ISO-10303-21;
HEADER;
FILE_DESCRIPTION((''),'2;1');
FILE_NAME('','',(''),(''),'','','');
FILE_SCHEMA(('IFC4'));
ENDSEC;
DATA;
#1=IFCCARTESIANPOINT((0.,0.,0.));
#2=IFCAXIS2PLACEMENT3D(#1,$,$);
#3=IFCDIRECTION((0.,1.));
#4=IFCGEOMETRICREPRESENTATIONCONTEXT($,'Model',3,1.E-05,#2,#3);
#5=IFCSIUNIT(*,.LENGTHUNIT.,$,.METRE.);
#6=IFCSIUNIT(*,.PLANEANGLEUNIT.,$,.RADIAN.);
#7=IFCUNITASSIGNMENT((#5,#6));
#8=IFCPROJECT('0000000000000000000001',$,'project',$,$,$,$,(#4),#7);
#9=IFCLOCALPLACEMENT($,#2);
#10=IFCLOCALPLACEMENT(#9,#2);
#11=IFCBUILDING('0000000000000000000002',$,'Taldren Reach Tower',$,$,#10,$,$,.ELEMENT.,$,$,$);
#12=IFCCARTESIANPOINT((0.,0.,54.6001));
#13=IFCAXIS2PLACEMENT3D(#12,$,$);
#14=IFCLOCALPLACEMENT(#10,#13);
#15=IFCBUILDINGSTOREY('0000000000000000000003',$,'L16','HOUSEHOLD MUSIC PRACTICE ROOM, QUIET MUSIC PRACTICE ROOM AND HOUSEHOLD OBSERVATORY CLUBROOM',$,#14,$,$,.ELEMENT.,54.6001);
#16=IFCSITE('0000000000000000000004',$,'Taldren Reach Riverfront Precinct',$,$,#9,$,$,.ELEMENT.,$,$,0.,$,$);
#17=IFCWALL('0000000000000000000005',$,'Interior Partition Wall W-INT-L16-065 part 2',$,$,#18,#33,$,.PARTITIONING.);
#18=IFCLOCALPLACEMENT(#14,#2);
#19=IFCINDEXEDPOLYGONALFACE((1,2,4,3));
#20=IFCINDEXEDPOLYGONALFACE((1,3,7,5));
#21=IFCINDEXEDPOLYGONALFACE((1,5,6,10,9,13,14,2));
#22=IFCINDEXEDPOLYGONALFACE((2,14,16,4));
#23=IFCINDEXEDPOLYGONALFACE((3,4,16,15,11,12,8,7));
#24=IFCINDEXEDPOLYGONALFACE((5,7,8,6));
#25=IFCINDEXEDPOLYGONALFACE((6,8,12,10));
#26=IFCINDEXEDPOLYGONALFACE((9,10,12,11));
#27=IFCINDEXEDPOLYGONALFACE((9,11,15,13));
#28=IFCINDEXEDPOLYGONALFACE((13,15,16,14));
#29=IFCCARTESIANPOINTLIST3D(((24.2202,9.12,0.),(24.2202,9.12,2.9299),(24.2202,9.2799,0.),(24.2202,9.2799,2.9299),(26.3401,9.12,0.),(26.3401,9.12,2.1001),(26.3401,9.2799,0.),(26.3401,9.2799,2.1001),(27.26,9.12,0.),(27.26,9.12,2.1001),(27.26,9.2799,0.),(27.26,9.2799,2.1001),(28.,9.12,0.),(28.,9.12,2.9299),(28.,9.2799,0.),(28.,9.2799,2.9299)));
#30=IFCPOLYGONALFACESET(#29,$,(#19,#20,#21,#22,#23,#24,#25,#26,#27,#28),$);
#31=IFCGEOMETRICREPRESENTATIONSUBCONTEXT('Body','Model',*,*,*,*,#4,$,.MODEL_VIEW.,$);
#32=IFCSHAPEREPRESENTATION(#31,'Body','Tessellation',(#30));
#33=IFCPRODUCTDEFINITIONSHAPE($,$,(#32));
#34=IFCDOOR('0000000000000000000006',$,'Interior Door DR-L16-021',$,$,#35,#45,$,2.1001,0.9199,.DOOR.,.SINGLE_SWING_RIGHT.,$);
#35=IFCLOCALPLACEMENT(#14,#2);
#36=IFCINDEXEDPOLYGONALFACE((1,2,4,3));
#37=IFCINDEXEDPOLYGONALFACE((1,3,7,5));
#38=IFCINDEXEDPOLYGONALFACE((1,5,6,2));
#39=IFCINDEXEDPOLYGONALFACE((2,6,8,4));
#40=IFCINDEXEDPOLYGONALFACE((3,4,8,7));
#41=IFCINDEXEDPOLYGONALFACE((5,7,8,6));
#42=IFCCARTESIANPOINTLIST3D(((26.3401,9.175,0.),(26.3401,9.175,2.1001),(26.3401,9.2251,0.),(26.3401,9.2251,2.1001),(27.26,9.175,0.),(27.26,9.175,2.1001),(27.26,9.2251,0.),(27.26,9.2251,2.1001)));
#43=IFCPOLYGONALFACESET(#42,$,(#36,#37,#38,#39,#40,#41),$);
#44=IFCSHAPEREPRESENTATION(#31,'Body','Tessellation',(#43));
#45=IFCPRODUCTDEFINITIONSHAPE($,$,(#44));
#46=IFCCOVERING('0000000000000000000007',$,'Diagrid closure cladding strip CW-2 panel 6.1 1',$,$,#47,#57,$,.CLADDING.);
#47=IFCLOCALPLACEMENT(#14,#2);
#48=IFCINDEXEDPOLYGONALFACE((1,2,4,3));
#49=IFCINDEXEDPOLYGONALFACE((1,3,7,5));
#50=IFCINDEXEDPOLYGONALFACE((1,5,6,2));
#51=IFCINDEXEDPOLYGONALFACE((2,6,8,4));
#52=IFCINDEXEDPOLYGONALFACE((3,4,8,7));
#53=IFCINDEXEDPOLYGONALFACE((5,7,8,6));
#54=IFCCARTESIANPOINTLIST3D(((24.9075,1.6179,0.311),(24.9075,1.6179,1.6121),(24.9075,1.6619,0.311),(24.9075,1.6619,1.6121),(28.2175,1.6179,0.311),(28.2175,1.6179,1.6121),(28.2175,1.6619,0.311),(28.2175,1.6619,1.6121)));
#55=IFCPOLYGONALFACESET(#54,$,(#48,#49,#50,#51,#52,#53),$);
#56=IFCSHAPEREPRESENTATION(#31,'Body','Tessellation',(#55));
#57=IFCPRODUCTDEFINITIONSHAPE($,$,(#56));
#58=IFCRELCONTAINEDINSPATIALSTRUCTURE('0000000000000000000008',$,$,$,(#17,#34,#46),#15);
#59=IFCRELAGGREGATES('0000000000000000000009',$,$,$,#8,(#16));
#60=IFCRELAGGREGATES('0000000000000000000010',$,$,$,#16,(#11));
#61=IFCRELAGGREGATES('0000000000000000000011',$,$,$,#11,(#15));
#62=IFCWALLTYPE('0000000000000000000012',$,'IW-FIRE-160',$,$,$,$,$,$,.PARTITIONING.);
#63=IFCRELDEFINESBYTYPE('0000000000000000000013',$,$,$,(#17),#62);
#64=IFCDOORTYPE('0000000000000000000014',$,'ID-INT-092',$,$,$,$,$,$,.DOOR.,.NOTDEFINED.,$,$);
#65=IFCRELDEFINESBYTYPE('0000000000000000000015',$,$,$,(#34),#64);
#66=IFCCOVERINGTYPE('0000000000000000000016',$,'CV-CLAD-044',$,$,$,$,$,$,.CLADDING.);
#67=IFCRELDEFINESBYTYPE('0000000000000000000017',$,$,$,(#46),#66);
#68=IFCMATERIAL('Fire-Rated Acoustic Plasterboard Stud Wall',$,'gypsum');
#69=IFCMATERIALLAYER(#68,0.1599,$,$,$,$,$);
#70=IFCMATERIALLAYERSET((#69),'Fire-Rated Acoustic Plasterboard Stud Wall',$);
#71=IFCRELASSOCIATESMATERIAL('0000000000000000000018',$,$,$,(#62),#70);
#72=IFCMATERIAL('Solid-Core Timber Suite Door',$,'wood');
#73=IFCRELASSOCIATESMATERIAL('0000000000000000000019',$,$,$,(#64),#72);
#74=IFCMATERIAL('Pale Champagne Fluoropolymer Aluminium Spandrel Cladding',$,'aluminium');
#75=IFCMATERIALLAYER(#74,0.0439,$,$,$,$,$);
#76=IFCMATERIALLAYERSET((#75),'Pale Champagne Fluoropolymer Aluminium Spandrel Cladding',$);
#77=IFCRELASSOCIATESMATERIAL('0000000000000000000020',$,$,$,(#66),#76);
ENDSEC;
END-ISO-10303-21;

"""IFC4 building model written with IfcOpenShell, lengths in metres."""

from ifc_helpers import new_model, si_unit, direction, frame, frame_2d, origin, origin_2d, place, context, subcontext, project, spatial, rectangle, extrude, source, transform, mapped, material, layer, layer_set, type_object, element, fill, save


model = new_model("IFC4")

# Units and contexts
model_context = context("Model", 3, precision=1e-05, world=origin(), true_north=direction((0.0, 1.0)))
body_context = subcontext(model_context, "Body", "Model", "MODEL_VIEW")
ifc_project = project(units=[si_unit("LENGTHUNIT", "METRE"), si_unit("PLANEANGLEUNIT", "RADIAN")], contexts=[model_context])

# Site, building, storey
site_placement = place(None, origin())
site = spatial("IfcSite", under=ifc_project, at=site_placement, Name="Taldren Reach Riverfront Precinct", CompositionType="ELEMENT", RefElevation=0.0)
building_placement = place(site_placement, origin())
building = spatial("IfcBuilding", under=site, at=building_placement, Name="Taldren Reach Tower", CompositionType="ELEMENT")
storey_placement = place(building_placement, frame((0.0, 0.0, 54.6001)))
storey = spatial("IfcBuildingStorey", under=building, at=storey_placement, Name="L16", Description="HOUSEHOLD MUSIC PRACTICE ROOM, QUIET MUSIC PRACTICE ROOM AND HOUSEHOLD OBSERVATORY CLUBROOM", CompositionType="ELEMENT", Elevation=54.6001)

# Wall, opening, door
ifc_material_1 = material(Name="Fire-Rated Acoustic Plasterboard Stud Wall", Category="gypsum")
ifc_layer_1 = layer(ifc_material_1, 0.1599)
ifc_layer_set_1 = layer_set([ifc_layer_1], Name="Fire-Rated Acoustic Plasterboard Stud Wall")
wall_type_1 = type_object("IfcWallType", Name="IW-FIRE-160", PredefinedType="PARTITIONING", material=ifc_layer_set_1)
shared_shape_1 = source(origin(), body_context, "Body", "SweptSolid", [
    extrude(rectangle(XDim=0.9199, YDim=2.1001, at=frame_2d((0.46, 1.05))), frame((0.0, 0.0898, 0.0), z_axis=(0.0, -1.0, 0.0), x_axis=(1.0, 0.0, 0.0)), (0.0, 0.0, 1.0), 0.1799),
])
ifc_material_2 = material(Name="Solid-Core Timber Suite Door", Category="wood")
door_type = type_object("IfcDoorType", Name="ID-INT-092", OperationType="NOTDEFINED", PredefinedType="DOOR", material=ifc_material_2)
shared_shape_2 = source(origin(), body_context, "Body", "SweptSolid", [
    extrude(rectangle(XDim=0.9199, YDim=2.1001, at=frame_2d((0.46, 1.05))), frame((0.0, 0.0249, 0.0), z_axis=(0.0, -1.0, 0.0), x_axis=(1.0, 0.0, 0.0)), (0.0, 0.0, 1.0), 0.05),
])
shared_shape_3 = source(origin(), body_context, "Body", "SweptSolid", [
    extrude(rectangle(XDim=3.7798, YDim=0.1599, at=frame_2d((1.8899, 0.0))), origin(), (0.0, 0.0, 1.0), 2.9299),
])
wall_1_placement = place(storey_placement, frame((28.0, 9.2, 0.0), z_axis=(0.0, 0.0, 1.0), x_axis=(-1.0, 0.0, 0.0)))
wall_1 = element("IfcWall", 1, at=wall_1_placement, inside=storey, type_object=wall_type_1, Name="Interior Partition Wall W-INT-L16-065 part 2", PredefinedType="PARTITIONING", context=body_context, shape_type="MappedRepresentation", body=[
    mapped(shared_shape_3, transform((0.0, 0.0, 0.0), scale=1.0)),
])
opening_1_placement = place(wall_1_placement, frame((0.74, 0.0, 0.0)))
opening_1 = element("IfcOpeningElement", 2, at=opening_1_placement, cuts=wall_1, PredefinedType="OPENING", context=body_context, shape_type="MappedRepresentation", body=[
    mapped(shared_shape_1, transform((0.0, 0.0, 0.0), scale=1.0)),
])
door_1_placement = place(opening_1_placement, origin())
door_1 = element("IfcDoor", 3, at=door_1_placement, inside=storey, type_object=door_type, Name="Interior Door DR-L16-021", OperationType="SINGLE_SWING_RIGHT", OverallHeight=2.1001, OverallWidth=0.9199, PredefinedType="DOOR", context=body_context, shape_type="MappedRepresentation", body=[
    mapped(shared_shape_2, transform((0.0, 0.0, 0.0), scale=1.0)),
])
fill(opening_1, door_1)

# Covering
ifc_material_3 = material(Name="Pale Champagne Fluoropolymer Aluminium Spandrel Cladding", Category="aluminium")
ifc_layer_2 = layer(ifc_material_3, 0.0439)
ifc_layer_set_2 = layer_set([ifc_layer_2], Name="Pale Champagne Fluoropolymer Aluminium Spandrel Cladding")
covering_type = type_object("IfcCoveringType", Name="CV-CLAD-044", PredefinedType="CLADDING", material=ifc_layer_set_2)
shared_shape_4 = source(origin(), body_context, "Body", "SweptSolid", [
    extrude(rectangle(XDim=3.3101, YDim=0.0439, at=origin_2d()), origin(), (0.0, 0.0, 1.0), 1.301),
])
covering_placement = place(storey_placement, frame((26.5625, 1.6399, 0.311), z_axis=(0.0, 0.0, 1.0), x_axis=(1.0, 0.0, 0.0)))
element("IfcCovering", 4, at=covering_placement, inside=storey, type_object=covering_type, Name="Diagrid closure cladding strip CW-2 panel 6.1 1", PredefinedType="CLADDING", context=body_context, shape_type="MappedRepresentation", body=[
    mapped(shared_shape_4, transform((0.0, 0.0, 0.0), scale=1.0)),
])

save(model, "model.ifc")
